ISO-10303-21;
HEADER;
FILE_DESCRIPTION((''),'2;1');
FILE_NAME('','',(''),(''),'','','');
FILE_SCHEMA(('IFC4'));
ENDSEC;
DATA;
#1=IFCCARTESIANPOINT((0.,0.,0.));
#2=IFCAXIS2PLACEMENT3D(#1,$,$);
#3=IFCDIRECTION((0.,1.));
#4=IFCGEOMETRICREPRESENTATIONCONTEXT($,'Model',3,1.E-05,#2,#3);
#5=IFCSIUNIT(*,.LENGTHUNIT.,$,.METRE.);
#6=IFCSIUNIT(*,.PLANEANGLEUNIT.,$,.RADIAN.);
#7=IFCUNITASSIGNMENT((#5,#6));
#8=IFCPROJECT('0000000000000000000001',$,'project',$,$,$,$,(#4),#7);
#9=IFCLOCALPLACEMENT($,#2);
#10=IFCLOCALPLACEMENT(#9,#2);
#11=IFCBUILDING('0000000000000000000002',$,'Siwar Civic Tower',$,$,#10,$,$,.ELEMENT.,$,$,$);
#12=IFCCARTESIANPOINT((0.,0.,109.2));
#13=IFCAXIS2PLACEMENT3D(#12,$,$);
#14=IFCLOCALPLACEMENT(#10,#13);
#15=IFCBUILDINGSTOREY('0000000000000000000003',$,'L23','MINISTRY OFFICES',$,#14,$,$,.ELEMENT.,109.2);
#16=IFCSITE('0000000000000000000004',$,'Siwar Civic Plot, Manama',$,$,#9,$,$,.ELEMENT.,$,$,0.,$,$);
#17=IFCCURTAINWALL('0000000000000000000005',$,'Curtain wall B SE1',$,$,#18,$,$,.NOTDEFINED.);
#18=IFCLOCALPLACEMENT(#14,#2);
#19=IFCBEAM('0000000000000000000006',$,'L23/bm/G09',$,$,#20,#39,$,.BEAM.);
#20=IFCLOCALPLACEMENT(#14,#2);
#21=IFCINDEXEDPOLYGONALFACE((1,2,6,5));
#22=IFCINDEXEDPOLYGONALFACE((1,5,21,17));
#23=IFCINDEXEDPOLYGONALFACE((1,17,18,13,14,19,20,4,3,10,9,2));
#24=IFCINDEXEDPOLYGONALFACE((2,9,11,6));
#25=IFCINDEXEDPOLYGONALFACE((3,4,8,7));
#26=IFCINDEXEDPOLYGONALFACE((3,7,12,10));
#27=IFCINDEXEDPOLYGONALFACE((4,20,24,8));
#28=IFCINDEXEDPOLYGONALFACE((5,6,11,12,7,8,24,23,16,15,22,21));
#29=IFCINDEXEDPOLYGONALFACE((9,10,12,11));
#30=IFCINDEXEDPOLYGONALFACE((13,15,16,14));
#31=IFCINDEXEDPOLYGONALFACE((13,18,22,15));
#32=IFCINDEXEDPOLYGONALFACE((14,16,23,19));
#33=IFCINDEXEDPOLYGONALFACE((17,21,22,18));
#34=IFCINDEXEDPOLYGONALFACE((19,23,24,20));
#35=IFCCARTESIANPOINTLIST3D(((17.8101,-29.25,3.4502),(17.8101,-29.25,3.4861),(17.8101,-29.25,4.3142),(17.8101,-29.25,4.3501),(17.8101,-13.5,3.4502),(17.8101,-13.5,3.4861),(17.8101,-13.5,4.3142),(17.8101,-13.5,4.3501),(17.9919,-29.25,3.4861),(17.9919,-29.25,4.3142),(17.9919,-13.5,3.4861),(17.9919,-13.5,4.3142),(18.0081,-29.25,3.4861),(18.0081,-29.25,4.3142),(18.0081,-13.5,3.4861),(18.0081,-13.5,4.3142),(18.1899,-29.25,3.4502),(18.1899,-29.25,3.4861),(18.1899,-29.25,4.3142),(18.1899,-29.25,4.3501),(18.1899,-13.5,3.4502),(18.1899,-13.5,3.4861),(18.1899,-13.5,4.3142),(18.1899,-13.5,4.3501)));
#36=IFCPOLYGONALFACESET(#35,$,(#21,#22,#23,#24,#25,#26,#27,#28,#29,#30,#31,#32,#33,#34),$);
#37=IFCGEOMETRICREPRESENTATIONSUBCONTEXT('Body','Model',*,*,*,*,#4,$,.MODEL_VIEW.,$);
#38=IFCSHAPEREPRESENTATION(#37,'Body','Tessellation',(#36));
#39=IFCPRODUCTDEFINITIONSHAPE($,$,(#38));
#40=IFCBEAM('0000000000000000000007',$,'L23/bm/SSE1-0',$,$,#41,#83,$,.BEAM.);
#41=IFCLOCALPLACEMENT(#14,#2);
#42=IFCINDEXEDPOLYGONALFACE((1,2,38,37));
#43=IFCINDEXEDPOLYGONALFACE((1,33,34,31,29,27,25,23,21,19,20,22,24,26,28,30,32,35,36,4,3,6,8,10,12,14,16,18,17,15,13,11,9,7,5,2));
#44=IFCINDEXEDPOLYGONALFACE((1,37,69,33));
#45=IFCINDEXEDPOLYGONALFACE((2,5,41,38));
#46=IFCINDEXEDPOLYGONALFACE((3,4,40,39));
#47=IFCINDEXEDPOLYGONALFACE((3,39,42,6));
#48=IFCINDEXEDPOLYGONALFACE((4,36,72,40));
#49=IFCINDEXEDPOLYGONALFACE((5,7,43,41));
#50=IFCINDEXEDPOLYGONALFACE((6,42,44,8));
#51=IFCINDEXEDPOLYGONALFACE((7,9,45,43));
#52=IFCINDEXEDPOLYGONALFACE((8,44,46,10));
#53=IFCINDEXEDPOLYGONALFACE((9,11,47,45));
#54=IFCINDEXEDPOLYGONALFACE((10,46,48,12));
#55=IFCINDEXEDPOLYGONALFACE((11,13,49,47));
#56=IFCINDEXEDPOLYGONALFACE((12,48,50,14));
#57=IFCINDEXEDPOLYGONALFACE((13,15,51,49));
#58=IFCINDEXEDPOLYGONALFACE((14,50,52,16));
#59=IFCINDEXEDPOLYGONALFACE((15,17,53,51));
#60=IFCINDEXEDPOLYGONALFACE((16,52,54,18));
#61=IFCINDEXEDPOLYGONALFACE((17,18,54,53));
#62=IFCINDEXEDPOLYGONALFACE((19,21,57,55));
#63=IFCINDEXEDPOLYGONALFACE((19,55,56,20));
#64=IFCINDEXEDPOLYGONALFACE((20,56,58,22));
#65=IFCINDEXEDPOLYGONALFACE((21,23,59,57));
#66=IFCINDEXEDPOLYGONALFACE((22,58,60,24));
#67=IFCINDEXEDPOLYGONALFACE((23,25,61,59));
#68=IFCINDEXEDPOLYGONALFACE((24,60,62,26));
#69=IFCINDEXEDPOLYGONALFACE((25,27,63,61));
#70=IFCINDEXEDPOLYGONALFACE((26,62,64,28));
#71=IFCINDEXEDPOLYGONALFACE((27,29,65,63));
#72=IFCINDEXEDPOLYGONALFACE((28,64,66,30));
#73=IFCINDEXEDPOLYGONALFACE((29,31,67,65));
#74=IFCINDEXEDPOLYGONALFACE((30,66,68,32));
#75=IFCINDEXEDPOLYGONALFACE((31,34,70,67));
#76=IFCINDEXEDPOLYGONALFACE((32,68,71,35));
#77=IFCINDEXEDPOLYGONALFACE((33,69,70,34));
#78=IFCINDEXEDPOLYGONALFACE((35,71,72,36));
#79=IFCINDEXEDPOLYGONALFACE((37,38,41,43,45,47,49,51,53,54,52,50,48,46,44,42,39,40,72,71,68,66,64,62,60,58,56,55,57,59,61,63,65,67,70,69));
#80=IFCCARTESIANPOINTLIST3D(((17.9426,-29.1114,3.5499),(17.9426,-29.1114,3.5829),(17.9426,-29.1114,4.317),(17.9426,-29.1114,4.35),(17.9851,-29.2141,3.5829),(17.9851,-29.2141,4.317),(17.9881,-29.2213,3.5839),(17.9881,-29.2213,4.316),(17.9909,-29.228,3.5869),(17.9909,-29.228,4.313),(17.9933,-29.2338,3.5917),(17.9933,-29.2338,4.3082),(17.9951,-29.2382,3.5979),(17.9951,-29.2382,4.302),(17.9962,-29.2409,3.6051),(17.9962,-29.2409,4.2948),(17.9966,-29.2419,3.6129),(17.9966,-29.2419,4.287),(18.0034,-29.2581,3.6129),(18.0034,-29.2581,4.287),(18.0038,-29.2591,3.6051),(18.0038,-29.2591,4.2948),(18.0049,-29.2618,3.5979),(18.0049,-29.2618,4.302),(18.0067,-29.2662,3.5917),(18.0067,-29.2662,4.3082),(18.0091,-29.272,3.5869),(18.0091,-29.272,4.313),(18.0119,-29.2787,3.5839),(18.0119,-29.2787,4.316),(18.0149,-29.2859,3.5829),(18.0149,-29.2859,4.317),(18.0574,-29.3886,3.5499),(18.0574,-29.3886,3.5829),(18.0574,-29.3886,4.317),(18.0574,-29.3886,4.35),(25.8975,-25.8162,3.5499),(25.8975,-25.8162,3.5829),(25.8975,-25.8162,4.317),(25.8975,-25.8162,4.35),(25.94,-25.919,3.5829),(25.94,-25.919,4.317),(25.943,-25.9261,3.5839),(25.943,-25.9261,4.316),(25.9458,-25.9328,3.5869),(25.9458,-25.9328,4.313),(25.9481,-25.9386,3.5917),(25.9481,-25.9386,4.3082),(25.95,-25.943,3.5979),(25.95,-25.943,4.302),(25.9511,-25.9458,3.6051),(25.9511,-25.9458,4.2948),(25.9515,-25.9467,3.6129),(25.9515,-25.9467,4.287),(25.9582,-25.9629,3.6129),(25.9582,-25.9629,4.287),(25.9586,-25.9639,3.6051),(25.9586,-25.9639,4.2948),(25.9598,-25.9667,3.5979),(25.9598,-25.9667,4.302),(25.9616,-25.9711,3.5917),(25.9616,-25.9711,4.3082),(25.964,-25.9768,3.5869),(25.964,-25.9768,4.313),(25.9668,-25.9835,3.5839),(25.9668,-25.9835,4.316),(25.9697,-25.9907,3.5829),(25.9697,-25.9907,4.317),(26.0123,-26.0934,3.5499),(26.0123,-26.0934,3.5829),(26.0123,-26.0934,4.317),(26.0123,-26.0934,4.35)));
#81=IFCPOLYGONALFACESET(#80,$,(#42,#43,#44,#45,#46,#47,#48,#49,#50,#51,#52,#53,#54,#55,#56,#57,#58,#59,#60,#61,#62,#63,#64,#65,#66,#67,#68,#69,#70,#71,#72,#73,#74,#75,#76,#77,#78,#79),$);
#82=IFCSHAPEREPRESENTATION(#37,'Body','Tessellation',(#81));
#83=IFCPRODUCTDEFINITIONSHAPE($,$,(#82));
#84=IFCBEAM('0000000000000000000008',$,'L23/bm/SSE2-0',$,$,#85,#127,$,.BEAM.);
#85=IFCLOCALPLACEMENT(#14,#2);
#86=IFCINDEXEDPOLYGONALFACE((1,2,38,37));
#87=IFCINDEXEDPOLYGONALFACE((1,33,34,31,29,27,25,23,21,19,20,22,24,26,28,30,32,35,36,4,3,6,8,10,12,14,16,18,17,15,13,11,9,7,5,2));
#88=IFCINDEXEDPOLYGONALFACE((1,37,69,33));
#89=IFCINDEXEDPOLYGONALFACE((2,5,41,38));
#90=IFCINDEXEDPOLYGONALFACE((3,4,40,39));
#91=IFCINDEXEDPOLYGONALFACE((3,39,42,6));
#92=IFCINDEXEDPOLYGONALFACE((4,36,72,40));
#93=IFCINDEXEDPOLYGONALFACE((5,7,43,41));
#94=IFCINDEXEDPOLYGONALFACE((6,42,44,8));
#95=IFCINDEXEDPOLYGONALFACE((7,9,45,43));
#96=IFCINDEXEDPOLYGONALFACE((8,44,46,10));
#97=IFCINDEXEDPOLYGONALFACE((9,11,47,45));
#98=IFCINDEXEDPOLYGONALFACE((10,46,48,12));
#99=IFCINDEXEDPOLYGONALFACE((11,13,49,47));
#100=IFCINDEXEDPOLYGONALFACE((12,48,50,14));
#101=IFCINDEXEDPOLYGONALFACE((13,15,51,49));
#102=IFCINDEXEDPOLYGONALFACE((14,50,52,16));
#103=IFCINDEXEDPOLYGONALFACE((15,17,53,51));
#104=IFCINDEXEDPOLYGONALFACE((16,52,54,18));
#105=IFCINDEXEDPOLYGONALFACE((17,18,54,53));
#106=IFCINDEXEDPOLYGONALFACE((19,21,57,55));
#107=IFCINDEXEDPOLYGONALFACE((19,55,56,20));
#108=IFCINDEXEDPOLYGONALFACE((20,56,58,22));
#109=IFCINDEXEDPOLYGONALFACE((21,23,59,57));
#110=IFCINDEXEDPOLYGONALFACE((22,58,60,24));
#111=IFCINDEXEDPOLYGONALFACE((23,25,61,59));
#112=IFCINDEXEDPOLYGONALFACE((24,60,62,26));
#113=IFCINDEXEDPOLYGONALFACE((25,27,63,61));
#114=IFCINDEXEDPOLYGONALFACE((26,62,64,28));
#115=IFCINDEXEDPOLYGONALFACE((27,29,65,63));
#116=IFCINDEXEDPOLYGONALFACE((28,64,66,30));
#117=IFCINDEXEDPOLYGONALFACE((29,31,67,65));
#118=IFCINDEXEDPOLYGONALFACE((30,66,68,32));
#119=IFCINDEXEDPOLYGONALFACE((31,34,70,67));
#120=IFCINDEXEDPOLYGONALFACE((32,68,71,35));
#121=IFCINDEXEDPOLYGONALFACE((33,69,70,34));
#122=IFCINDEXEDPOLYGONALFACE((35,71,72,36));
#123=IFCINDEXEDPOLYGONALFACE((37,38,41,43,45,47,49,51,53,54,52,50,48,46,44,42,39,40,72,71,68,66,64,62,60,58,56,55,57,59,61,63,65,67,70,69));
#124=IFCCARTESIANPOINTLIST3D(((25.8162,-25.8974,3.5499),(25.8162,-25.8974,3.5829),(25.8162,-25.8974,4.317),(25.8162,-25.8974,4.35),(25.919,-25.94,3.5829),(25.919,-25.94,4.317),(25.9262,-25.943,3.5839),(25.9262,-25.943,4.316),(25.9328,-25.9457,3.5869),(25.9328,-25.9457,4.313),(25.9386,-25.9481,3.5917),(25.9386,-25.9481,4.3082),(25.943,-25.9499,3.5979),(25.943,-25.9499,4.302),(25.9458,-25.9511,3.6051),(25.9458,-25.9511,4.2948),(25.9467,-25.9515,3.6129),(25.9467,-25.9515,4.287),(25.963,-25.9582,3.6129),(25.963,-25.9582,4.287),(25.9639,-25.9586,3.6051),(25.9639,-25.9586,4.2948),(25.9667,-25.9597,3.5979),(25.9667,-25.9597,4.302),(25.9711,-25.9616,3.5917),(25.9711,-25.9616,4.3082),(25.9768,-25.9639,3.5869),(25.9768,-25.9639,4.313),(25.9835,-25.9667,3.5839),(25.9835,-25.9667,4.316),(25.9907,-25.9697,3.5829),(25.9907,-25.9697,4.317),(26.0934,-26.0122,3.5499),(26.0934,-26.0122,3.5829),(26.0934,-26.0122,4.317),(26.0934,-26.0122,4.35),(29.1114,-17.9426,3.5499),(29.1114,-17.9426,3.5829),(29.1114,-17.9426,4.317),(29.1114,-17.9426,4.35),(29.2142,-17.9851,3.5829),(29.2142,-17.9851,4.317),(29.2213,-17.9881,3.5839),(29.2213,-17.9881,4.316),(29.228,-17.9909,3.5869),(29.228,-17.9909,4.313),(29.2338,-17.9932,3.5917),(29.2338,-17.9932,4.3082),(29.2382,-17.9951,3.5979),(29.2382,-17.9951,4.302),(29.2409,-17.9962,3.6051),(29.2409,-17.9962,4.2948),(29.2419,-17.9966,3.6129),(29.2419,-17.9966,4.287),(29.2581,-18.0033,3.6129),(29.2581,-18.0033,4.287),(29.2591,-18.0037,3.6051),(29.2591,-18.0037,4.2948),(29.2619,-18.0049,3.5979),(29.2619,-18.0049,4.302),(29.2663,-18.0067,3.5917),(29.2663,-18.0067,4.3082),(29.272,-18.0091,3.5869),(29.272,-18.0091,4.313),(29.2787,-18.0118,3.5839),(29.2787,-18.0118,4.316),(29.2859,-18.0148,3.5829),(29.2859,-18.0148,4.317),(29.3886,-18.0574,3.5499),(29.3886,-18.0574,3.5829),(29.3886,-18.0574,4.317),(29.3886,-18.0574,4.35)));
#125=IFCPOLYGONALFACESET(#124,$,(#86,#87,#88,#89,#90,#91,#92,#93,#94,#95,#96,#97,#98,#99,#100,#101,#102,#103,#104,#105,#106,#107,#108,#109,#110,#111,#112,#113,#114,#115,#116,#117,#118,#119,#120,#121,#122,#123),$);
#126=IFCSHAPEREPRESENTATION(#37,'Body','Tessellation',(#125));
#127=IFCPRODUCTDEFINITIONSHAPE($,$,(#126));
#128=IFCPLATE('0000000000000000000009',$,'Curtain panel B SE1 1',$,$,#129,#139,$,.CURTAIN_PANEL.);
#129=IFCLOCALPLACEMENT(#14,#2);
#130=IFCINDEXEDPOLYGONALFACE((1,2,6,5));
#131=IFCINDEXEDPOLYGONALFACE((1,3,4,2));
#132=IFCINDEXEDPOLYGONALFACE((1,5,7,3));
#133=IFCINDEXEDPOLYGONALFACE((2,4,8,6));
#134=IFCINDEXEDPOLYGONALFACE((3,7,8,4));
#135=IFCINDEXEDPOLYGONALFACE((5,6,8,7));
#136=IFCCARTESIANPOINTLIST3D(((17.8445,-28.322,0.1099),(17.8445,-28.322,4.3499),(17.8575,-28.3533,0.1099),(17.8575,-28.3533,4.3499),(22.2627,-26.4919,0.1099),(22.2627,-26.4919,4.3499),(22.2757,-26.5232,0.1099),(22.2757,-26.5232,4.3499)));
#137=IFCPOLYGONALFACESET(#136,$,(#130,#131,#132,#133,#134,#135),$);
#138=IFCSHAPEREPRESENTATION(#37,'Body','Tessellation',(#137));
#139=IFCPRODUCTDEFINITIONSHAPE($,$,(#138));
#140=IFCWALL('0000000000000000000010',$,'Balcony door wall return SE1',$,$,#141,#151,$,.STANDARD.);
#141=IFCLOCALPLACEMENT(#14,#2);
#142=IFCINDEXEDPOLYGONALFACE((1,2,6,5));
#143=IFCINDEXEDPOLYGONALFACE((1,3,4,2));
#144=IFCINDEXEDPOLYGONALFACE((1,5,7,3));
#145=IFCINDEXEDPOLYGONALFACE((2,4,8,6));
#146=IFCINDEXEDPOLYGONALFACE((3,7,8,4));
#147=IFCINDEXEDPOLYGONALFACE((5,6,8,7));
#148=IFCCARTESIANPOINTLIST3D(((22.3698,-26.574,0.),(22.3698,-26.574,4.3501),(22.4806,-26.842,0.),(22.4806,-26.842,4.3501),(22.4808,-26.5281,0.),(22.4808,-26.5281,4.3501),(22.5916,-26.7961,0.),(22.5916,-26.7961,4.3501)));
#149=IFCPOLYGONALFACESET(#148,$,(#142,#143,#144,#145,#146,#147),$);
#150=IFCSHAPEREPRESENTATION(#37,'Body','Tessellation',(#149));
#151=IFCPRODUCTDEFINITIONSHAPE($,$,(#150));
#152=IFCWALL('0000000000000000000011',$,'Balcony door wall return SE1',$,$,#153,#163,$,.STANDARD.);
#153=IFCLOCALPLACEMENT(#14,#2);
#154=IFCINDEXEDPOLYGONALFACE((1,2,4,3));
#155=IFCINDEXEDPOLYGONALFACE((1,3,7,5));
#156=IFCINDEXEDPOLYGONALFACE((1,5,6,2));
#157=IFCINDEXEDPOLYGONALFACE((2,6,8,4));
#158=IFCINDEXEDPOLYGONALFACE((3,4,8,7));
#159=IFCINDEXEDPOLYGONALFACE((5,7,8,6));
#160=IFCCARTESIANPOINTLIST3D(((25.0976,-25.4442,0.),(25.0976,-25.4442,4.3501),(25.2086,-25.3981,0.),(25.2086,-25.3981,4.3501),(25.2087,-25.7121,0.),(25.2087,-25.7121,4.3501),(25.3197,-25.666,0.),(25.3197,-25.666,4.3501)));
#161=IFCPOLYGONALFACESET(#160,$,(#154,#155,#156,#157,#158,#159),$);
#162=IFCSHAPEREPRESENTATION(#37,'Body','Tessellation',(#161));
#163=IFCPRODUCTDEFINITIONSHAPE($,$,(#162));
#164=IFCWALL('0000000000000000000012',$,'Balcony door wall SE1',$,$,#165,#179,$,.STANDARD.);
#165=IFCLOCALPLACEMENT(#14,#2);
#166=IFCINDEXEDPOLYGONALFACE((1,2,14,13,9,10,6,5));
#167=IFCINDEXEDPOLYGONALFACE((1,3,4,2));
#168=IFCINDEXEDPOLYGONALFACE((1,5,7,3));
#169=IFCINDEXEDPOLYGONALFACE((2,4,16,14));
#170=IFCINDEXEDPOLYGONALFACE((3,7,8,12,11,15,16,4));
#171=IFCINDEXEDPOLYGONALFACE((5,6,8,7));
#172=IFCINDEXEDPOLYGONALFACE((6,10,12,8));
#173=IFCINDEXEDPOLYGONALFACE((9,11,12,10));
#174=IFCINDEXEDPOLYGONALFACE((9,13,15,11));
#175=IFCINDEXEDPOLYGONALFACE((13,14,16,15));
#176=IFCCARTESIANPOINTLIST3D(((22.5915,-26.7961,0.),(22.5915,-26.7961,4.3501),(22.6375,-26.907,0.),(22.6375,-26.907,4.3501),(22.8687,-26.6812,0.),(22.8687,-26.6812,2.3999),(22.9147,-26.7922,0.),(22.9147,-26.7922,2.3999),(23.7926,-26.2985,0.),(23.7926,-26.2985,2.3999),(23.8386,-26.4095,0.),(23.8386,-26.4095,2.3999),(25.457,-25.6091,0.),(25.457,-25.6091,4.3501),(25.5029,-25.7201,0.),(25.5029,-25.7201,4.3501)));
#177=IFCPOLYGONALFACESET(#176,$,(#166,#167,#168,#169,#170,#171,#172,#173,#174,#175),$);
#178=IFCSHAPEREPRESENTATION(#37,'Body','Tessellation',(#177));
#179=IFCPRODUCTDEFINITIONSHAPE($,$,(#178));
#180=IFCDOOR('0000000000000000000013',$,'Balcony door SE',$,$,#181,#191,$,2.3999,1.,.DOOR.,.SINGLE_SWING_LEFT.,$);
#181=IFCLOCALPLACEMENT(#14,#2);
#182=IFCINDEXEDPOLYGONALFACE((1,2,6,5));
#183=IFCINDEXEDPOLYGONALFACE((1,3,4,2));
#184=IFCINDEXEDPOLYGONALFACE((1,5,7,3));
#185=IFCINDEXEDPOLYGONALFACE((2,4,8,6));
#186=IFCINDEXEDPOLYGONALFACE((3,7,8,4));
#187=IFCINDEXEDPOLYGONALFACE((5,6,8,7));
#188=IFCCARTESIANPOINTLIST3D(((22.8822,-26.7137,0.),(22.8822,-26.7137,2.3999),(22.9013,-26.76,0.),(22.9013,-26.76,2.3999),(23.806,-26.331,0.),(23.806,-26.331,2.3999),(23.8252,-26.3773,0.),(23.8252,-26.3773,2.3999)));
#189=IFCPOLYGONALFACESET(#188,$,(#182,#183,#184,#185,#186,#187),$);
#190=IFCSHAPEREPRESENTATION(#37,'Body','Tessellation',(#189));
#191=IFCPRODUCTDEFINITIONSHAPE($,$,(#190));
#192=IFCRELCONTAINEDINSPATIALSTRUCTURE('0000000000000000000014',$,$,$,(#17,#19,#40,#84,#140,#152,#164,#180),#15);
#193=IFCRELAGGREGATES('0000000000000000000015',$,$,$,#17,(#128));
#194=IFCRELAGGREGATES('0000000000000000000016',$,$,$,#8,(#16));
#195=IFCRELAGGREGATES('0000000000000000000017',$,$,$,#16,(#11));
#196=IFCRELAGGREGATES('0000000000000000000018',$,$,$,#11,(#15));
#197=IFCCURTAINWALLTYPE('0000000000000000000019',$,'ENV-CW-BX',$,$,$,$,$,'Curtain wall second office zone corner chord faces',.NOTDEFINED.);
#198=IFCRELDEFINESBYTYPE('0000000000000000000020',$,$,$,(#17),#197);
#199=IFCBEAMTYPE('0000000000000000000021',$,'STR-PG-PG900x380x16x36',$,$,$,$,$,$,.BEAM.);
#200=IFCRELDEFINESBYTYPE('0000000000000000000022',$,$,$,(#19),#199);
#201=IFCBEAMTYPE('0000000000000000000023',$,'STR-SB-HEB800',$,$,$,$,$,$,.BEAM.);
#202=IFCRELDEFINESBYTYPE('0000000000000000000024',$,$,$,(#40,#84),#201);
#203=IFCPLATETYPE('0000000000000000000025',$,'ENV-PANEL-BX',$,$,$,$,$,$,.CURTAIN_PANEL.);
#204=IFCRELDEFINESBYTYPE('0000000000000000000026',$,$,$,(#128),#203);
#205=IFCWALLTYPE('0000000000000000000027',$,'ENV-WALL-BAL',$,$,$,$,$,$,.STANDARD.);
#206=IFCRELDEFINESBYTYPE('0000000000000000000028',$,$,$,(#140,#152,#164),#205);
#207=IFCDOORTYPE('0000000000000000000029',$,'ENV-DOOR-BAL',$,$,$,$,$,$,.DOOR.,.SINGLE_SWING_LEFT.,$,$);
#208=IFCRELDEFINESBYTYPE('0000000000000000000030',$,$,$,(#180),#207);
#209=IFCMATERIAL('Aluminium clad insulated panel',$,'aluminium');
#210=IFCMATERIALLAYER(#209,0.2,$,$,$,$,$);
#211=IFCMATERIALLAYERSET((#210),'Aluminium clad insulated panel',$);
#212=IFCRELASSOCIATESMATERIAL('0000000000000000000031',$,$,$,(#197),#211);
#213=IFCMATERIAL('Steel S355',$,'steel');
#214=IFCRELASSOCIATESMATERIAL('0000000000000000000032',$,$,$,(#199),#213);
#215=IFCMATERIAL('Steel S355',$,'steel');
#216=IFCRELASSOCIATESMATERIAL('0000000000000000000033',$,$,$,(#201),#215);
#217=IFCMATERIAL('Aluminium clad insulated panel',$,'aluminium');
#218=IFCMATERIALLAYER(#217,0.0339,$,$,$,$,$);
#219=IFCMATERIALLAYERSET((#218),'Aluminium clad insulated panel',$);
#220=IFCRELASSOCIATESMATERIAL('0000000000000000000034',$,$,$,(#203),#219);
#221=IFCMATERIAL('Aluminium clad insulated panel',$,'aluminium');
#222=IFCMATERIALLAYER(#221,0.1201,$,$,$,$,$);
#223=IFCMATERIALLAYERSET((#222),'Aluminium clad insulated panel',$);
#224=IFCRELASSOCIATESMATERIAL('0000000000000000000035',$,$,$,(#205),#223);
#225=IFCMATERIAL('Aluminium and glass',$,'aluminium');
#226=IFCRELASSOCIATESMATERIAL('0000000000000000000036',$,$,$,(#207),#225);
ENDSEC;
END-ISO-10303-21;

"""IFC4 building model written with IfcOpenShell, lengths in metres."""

from ifc_helpers import new_model, si_unit, direction, frame, frame_2d, origin, origin_2d, place, context, subcontext, project, spatial, rectangle, i_section, extrude, material, layer, layer_set, material_profile, profile_set, type_object, element, fill, aggregate, save


model = new_model("IFC4")

# Units and contexts
model_context = context("Model", 3, precision=1e-05, world=origin(), true_north=direction((0.0, 1.0)))
body_context = subcontext(model_context, "Body", "Model", "MODEL_VIEW")
ifc_project = project(units=[si_unit("LENGTHUNIT", "METRE"), si_unit("PLANEANGLEUNIT", "RADIAN")], contexts=[model_context])

# Site, building, storey
site_placement = place(None, origin())
site = spatial("IfcSite", under=ifc_project, at=site_placement, Name="Siwar Civic Plot, Manama", CompositionType="ELEMENT", RefElevation=0.0)
building_placement = place(site_placement, origin())
building = spatial("IfcBuilding", under=site, at=building_placement, Name="Siwar Civic Tower", CompositionType="ELEMENT")
storey_placement = place(building_placement, frame((0.0, 0.0, 109.2)))
storey = spatial("IfcBuildingStorey", under=building, at=storey_placement, Name="L23", Description="MINISTRY OFFICES", CompositionType="ELEMENT", Elevation=109.2)

# Curtain wall
ifc_material_1 = material(Name="Aluminium clad insulated panel", Category="aluminium")
ifc_layer_1 = layer(ifc_material_1, 0.2)
ifc_layer_set_1 = layer_set([ifc_layer_1], Name="Aluminium clad insulated panel")
curtain_wall_type = type_object("IfcCurtainWallType", Name="ENV-CW-BX", ElementType="Curtain wall second office zone corner chord faces", PredefinedType="NOTDEFINED", material=ifc_layer_set_1)
curtain_wall_1_placement = place(storey_placement, origin())
curtain_wall_1 = element("IfcCurtainWall", 1, at=curtain_wall_1_placement, inside=storey, type_object=curtain_wall_type, Name="Curtain wall B SE1", PredefinedType="NOTDEFINED")

# Beams
ifc_material_2 = material(Name="Steel S355", Category="steel")
ifc_material_profile_1 = material_profile(ifc_material_2, i_section(OverallWidth=0.3799, OverallDepth=0.8999, WebThickness=0.0161, FlangeThickness=0.0359, at=origin_2d()), Name="PG900x380x16x36")
ifc_profile_set_1 = profile_set([ifc_material_profile_1], Name="Steel S355")
beam_type_1 = type_object("IfcBeamType", Name="STR-PG-PG900x380x16x36", PredefinedType="BEAM", material=ifc_profile_set_1)
beam_1_placement = place(storey_placement, frame((18.0, -29.25, 3.9001), z_axis=(0.0, 1.0, 0.0), x_axis=(-1.0, 0.0, 0.0)))
element("IfcBeam", 2, at=beam_1_placement, inside=storey, type_object=beam_type_1, Name="L23/bm/G09", PredefinedType="BEAM", context=body_context, shape_type="SweptSolid", body=[
    extrude(i_section(OverallWidth=0.3799, OverallDepth=0.8999, WebThickness=0.0161, FlangeThickness=0.0359, at=origin_2d()), origin(), (0.0, 0.0, 1.0), 15.75),
])
ifc_material_3 = material(Name="Steel S355", Category="steel")
ifc_material_profile_2 = material_profile(ifc_material_3, i_section(OverallWidth=0.3, OverallDepth=0.8, WebThickness=0.0176, FlangeThickness=0.033, FilletRadius=0.03, at=origin_2d()), Name="HEB800")
ifc_profile_set_2 = profile_set([ifc_material_profile_2], Name="Steel S355")
beam_type_2 = type_object("IfcBeamType", Name="STR-SB-HEB800", PredefinedType="BEAM", material=ifc_profile_set_2)
for number, where, z_axis, x_axis, name in (
    (3, (18.0, -29.25, 3.95), (0.923873, 0.3827, 0.0), (-0.3827, 0.923873, 0.0), "L23/bm/SSE1-0"),
    (4, (25.9548, -25.9548, 3.95), (0.3827, 0.923873, 0.0), (-0.923873, 0.3827, 0.0), "L23/bm/SSE2-0"),
):
    element("IfcBeam", number, at=place(storey_placement, frame(where, z_axis=z_axis, x_axis=x_axis)), inside=storey, type_object=beam_type_2, Name=name, PredefinedType="BEAM", context=body_context, shape_type="SweptSolid", body=[
        extrude(i_section(OverallWidth=0.3, OverallDepth=0.8, WebThickness=0.0176, FlangeThickness=0.033, FilletRadius=0.03, at=origin_2d()), origin(), (0.0, 0.0, 1.0), 8.6104),
    ])

# Plate
ifc_material_4 = material(Name="Aluminium clad insulated panel", Category="aluminium")
ifc_layer_2 = layer(ifc_material_4, 0.0339)
ifc_layer_set_2 = layer_set([ifc_layer_2], Name="Aluminium clad insulated panel")
plate_type = type_object("IfcPlateType", Name="ENV-PANEL-BX", PredefinedType="CURTAIN_PANEL", material=ifc_layer_set_2)
plate_placement = place(storey_placement, frame((20.0601, -27.4226, 0.1099), z_axis=(0.0, 0.0, 1.0), x_axis=(0.92388, 0.382683, 0.0)))
plate = element("IfcPlate", 5, at=plate_placement, type_object=plate_type, Name="Curtain panel B SE1 1", PredefinedType="CURTAIN_PANEL", context=body_context, shape_type="SweptSolid", body=[
    extrude(rectangle(XDim=4.7822, YDim=0.0339, at=origin_2d()), origin(), (0.0, 0.0, 1.0), 4.24),
])
aggregate(curtain_wall_1, [plate])

# Walls
ifc_material_5 = material(Name="Aluminium clad insulated panel", Category="aluminium")
ifc_layer_3 = layer(ifc_material_5, 0.1201)
ifc_layer_set_3 = layer_set([ifc_layer_3], Name="Aluminium clad insulated panel")
wall_type_1 = type_object("IfcWallType", Name="ENV-WALL-BAL", PredefinedType="STANDARD", material=ifc_layer_set_3)
for number, where, z_axis, x_axis, name in (
    (6, (22.4253, -26.551, 0.0), (0.0, 0.0, 1.0), (0.382104, -0.924119, 0.0), "Balcony door wall return SE1"),
    (7, (25.1531, -25.4211, 0.0), (0.0, 0.0, 1.0), (0.38312, -0.923699, 0.0), "Balcony door wall return SE1"),
):
    element("IfcWall", number, at=place(storey_placement, frame(where, z_axis=z_axis, x_axis=x_axis)), inside=storey, type_object=wall_type_1, Name=name, PredefinedType="STANDARD", context=body_context, shape_type="SweptSolid", body=[
        extrude(rectangle(XDim=0.29, YDim=0.1201, at=frame_2d((0.145, 0.0))), origin(), (0.0, 0.0, 1.0), 4.3501),
    ])

# Wall, opening, door
wall_1_placement = place(storey_placement, frame((22.6145, -26.8516, 0.0), z_axis=(0.0, 0.0, 1.0), x_axis=(0.923869, 0.382709, 0.0)))
wall_1 = element("IfcWall", 8, at=wall_1_placement, inside=storey, type_object=wall_type_1, Name="Balcony door wall SE1", PredefinedType="STANDARD", context=body_context, shape_type="SweptSolid", body=[
    extrude(rectangle(XDim=3.1016, YDim=0.1201, at=frame_2d((1.5508, 0.0))), origin(), (0.0, 0.0, 1.0), 4.3501),
])
opening_placement = place(wall_1_placement, frame((0.3, 0.0, 0.0)))
opening = element("IfcOpeningElement", 9, at=opening_placement, cuts=wall_1, PredefinedType="OPENING", context=body_context, shape_type="SweptSolid", body=[
    extrude(rectangle(XDim=1.0, YDim=2.3999, at=frame_2d((0.5, 1.2))), frame((0.0, 0.0701, 0.0), z_axis=(0.0, -1.0, 0.0), x_axis=(1.0, 0.0, 0.0)), (0.0, 0.0, 1.0), 0.1401),
])
ifc_material_6 = material(Name="Aluminium and glass", Category="aluminium")
door_type = type_object("IfcDoorType", Name="ENV-DOOR-BAL", OperationType="SINGLE_SWING_LEFT", PredefinedType="DOOR", material=ifc_material_6)
door_placement = place(opening_placement, origin())
door = element("IfcDoor", 10, at=door_placement, inside=storey, type_object=door_type, Name="Balcony door SE", OperationType="SINGLE_SWING_LEFT", OverallHeight=2.3999, OverallWidth=1.0, PredefinedType="DOOR", context=body_context, shape_type="SweptSolid", body=[
    extrude(rectangle(XDim=1.0, YDim=2.3999, at=frame_2d((0.5, 1.2))), frame((0.0, 0.0249, 0.0), z_axis=(0.0, -1.0, 0.0), x_axis=(1.0, 0.0, 0.0)), (0.0, 0.0, 1.0), 0.05),
])
fill(opening, door)

save(model, "model.ifc")
